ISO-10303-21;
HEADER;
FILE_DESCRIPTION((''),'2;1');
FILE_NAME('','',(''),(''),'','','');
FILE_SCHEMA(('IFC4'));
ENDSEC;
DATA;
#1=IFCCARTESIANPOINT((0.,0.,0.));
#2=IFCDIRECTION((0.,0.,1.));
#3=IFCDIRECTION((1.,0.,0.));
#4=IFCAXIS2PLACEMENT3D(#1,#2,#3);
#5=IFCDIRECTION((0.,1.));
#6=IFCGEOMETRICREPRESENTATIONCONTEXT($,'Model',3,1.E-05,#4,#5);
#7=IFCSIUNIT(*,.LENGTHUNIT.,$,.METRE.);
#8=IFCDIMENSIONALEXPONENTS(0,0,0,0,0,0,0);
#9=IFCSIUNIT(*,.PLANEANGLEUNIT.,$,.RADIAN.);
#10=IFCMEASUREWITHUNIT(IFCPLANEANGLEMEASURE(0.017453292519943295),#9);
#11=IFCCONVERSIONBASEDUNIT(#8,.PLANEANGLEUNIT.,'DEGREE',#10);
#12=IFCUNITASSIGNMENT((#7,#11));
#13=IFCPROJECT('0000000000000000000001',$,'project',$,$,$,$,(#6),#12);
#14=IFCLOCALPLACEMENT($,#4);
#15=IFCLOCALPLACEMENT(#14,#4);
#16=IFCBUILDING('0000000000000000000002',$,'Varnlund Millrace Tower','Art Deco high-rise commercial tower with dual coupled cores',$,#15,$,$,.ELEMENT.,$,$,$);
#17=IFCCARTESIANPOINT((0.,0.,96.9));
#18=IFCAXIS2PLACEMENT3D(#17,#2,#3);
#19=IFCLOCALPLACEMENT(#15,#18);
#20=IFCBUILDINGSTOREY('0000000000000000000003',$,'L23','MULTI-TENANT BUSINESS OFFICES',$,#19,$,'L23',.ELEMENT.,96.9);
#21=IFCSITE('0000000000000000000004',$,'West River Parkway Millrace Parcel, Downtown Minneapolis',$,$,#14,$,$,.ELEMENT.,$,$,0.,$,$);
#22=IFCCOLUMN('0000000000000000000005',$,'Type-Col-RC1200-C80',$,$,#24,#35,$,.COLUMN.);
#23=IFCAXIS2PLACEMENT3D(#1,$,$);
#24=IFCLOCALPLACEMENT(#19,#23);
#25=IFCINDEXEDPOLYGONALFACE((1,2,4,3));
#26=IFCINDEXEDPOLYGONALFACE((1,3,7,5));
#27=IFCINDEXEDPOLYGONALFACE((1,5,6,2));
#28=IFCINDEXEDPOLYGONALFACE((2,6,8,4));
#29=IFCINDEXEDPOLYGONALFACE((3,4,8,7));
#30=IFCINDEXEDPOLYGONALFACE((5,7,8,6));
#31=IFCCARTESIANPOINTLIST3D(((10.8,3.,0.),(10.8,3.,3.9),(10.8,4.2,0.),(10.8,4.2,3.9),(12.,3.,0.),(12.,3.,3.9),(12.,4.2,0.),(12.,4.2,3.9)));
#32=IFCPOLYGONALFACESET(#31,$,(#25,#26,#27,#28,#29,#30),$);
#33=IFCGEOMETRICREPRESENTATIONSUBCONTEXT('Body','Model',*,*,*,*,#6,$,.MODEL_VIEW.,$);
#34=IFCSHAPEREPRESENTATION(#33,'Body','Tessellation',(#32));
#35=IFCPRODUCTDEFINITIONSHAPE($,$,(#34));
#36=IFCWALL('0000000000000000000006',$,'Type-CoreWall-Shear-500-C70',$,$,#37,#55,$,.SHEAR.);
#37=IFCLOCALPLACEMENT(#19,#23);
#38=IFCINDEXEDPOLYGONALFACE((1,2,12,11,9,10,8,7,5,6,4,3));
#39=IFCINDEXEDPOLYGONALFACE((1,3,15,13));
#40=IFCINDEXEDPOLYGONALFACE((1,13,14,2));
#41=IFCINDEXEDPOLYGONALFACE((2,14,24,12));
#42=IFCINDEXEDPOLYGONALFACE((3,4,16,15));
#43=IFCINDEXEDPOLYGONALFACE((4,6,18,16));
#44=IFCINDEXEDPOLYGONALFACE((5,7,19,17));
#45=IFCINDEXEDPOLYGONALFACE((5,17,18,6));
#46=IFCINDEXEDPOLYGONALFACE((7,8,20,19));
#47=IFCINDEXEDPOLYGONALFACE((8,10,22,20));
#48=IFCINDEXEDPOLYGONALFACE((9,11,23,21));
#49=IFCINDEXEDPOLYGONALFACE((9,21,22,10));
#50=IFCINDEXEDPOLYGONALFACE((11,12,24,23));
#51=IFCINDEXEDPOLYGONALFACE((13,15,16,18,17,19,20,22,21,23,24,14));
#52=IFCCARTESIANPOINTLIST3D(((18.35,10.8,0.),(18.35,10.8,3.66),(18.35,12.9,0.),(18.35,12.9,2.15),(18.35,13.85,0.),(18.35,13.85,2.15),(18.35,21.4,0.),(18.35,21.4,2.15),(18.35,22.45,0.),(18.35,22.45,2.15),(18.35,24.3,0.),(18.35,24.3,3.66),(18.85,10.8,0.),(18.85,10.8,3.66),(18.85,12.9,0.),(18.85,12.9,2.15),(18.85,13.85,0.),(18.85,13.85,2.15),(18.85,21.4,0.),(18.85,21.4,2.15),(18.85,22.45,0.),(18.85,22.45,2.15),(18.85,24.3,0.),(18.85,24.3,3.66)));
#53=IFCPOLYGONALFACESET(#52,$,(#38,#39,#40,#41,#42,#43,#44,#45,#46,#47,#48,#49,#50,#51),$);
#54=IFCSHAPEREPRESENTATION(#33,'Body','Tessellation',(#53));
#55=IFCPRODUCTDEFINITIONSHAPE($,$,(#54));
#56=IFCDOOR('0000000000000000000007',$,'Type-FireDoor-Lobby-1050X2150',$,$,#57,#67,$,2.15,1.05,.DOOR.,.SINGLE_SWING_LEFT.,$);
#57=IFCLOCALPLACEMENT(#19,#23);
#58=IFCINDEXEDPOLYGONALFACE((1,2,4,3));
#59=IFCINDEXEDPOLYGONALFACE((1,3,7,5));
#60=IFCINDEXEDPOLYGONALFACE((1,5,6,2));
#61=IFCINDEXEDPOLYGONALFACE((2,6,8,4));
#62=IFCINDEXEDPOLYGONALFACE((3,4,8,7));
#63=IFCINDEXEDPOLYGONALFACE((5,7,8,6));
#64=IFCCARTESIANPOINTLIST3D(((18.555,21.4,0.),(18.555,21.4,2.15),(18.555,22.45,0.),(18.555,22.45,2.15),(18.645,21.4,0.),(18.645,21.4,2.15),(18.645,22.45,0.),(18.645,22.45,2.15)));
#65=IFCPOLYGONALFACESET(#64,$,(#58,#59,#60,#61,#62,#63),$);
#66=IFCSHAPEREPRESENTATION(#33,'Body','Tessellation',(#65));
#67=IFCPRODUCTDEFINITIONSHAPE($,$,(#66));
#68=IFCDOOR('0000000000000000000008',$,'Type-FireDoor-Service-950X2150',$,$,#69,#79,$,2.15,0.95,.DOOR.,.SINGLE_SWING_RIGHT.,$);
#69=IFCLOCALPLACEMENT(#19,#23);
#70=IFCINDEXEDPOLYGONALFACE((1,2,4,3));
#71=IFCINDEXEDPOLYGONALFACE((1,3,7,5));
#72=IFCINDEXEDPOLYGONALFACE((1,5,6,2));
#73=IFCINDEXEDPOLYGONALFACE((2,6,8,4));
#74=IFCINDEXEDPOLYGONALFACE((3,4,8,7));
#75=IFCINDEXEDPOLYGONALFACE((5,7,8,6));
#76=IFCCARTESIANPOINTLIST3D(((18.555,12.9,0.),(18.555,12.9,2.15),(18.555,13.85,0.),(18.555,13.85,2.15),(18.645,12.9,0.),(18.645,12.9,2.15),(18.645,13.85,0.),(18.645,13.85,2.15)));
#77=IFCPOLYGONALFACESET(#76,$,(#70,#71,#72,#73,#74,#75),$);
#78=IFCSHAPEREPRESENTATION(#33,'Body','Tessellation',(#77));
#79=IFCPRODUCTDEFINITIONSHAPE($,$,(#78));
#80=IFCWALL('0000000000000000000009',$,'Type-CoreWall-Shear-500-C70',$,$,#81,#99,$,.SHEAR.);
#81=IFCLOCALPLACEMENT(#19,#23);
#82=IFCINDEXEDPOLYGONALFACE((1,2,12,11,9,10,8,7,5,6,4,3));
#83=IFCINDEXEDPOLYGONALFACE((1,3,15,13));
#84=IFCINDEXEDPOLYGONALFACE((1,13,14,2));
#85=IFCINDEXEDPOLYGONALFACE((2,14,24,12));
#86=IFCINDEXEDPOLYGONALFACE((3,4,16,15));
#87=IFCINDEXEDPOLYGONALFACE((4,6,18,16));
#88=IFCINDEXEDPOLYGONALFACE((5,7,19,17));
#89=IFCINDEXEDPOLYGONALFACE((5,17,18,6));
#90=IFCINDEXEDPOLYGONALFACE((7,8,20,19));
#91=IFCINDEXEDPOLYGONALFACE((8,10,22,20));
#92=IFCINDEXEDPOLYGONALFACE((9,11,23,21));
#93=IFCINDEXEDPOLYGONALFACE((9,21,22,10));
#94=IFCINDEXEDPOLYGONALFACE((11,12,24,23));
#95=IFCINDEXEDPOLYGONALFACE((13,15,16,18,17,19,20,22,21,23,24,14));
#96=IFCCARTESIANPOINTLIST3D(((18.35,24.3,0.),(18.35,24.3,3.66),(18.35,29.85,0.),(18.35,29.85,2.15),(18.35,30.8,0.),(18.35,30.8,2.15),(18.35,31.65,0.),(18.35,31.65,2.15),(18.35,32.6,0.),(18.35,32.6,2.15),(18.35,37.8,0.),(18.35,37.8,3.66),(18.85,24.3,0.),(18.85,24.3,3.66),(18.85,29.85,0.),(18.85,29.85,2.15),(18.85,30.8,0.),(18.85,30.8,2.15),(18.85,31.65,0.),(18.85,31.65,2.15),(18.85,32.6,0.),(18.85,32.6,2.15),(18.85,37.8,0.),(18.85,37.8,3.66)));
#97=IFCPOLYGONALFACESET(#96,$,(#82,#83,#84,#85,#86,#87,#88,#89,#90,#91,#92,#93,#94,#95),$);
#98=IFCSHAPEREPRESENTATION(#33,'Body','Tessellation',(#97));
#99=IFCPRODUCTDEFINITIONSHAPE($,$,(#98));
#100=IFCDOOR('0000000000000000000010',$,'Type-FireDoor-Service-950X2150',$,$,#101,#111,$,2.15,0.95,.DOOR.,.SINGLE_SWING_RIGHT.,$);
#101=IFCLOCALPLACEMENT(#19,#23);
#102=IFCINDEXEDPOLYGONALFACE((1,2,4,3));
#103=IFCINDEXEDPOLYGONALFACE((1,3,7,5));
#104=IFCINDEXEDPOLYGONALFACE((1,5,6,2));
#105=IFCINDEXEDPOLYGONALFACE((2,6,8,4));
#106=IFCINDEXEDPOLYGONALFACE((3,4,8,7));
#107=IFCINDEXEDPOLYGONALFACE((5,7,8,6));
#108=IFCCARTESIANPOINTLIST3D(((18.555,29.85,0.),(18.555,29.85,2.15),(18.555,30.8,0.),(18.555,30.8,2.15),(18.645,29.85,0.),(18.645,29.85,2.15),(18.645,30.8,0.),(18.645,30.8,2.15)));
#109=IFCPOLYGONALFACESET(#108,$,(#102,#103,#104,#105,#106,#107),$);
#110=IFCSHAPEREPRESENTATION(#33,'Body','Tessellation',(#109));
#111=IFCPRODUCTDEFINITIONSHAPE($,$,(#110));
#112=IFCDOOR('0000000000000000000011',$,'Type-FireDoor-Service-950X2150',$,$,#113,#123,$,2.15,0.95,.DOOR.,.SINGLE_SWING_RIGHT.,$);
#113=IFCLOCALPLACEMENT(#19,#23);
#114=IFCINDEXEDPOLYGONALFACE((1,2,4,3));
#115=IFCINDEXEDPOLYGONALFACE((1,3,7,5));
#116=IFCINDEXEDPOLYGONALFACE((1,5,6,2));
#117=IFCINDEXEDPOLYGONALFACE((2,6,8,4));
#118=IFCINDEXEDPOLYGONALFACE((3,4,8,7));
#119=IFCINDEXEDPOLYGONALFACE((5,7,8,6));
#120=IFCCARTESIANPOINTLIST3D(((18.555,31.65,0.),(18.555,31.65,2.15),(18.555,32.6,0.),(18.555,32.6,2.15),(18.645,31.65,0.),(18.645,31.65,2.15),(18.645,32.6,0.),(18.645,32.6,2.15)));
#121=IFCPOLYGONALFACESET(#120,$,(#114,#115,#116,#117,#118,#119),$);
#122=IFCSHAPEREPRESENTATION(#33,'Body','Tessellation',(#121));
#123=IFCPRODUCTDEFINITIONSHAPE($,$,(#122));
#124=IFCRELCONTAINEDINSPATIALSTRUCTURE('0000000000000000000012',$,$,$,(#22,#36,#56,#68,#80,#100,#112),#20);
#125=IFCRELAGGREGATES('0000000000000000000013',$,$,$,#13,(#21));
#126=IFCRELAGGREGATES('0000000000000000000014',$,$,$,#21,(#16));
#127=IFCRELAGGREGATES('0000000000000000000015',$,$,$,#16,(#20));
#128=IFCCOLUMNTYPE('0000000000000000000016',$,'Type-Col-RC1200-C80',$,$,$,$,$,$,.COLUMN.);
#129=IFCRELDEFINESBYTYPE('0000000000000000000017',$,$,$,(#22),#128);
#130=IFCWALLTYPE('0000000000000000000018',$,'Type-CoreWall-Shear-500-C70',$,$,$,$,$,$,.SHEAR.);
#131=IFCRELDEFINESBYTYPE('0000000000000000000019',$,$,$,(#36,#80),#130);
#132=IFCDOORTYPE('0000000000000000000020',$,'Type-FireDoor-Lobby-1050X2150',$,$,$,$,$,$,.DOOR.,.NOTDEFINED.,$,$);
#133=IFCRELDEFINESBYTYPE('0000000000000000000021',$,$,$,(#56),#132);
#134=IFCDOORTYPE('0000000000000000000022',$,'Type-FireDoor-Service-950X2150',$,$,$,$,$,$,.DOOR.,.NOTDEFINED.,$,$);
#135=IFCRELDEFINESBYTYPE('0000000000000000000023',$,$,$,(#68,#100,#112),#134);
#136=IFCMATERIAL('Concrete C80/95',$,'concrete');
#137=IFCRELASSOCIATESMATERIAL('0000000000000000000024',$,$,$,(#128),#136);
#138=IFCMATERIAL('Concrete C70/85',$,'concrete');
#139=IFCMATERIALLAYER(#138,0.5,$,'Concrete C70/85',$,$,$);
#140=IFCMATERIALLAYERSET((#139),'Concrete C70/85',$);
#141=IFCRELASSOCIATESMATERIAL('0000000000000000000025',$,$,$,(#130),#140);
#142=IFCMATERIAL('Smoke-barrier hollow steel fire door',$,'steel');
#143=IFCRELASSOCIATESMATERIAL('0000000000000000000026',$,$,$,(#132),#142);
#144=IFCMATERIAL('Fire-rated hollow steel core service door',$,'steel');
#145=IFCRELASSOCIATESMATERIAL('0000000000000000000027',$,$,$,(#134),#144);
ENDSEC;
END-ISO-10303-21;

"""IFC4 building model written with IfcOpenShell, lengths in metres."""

from ifc_helpers import new_model, entity, si_unit, converted_unit, direction, frame, origin_with_axes, origin_2d_with_axis, place, context, subcontext, project, spatial, polyline, rectangle, outline, extrude, material, layer, layer_set, material_profile, profile_set, type_object, element, fill, save


model = new_model("IFC4")

# Units and contexts
model_context = context("Model", 3, precision=1e-05, world=origin_with_axes(), true_north=direction((0.0, 1.0)))
body_context = subcontext(model_context, "Body", "Model", "MODEL_VIEW")
ifc_project = project(units=[si_unit("LENGTHUNIT", "METRE"), converted_unit("PLANEANGLEUNIT", "DEGREE", entity("IfcPlaneAngleMeasure", 0.017453292519943295), si_unit("PLANEANGLEUNIT", "RADIAN"), dimensions=[0, 0, 0, 0, 0, 0, 0])], contexts=[model_context])

# Site, building, storey
site_placement = place(None, origin_with_axes())
site = spatial("IfcSite", under=ifc_project, at=site_placement, Name="West River Parkway Millrace Parcel, Downtown Minneapolis", CompositionType="ELEMENT", RefElevation=0.0)
building_placement = place(site_placement, origin_with_axes())
building = spatial("IfcBuilding", under=site, at=building_placement, Name="Varnlund Millrace Tower", Description="Art Deco high-rise commercial tower with dual coupled cores", CompositionType="ELEMENT")
storey_placement = place(building_placement, frame((0.0, 0.0, 96.9), z_axis=(0.0, 0.0, 1.0), x_axis=(1.0, 0.0, 0.0)))
storey = spatial("IfcBuildingStorey", under=building, at=storey_placement, Name="L23", Description="MULTI-TENANT BUSINESS OFFICES", LongName="L23", CompositionType="ELEMENT", Elevation=96.9)

# Column
ifc_material_1 = material(Name="Concrete C80/95", Category="concrete")
ifc_material_profile = material_profile(ifc_material_1, rectangle(XDim=1.2, YDim=1.2, at=origin_2d_with_axis()), Name="Concrete C80/95")
ifc_profile_set = profile_set([ifc_material_profile], Name="Concrete C80/95")
column_type = type_object("IfcColumnType", Name="Type-Col-RC1200-C80", PredefinedType="COLUMN", material=ifc_profile_set)
column_placement = place(storey_placement, frame((11.4, 3.6, 0.0), z_axis=(0.0, 0.0, 1.0), x_axis=(1.0, 0.0, 0.0)))
element("IfcColumn", 1, at=column_placement, inside=storey, type_object=column_type, Name="Type-Col-RC1200-C80", PredefinedType="COLUMN", context=body_context, shape_type="SweptSolid", body=[
    extrude(rectangle(XDim=1.2, YDim=1.2, at=origin_2d_with_axis()), origin_with_axes(), (0.0, 0.0, 1.0), 3.9),
])

# Walls, openings, doors
ifc_material_2 = material(Name="Concrete C70/85", Category="concrete")
ifc_layer_1 = layer(ifc_material_2, 0.5, Name="Concrete C70/85")
ifc_layer_set_1 = layer_set([ifc_layer_1], Name="Concrete C70/85")
wall_type_1 = type_object("IfcWallType", Name="Type-CoreWall-Shear-500-C70", PredefinedType="SHEAR", material=ifc_layer_set_1)
wall_1_placement = place(storey_placement, frame((18.6, 10.8, 0.0), z_axis=(0.0, 0.0, 1.0), x_axis=(0.0, 1.0, 0.0)))
wall_1 = element("IfcWall", 2, at=wall_1_placement, inside=storey, type_object=wall_type_1, Name="Type-CoreWall-Shear-500-C70", PredefinedType="SHEAR", context=body_context, shape_type="SweptSolid", body=[
    extrude(outline(polyline([(0.0, -0.25), (13.5, -0.25), (13.5, 0.25), (0.0, 0.25), (0.0, -0.25)])), origin_with_axes(), (0.0, 0.0, 1.0), 3.66),
])
opening_1_placement = place(wall_1_placement, frame((11.125, 0.0, 0.0), z_axis=(0.0, 0.0, 1.0), x_axis=(1.0, 0.0, 0.0)))
opening_1 = element("IfcOpeningElement", 3, at=opening_1_placement, cuts=wall_1, PredefinedType="OPENING", context=body_context, shape_type="SweptSolid", body=[
    extrude(rectangle(XDim=1.05, YDim=0.52, at=origin_2d_with_axis()), origin_with_axes(), (0.0, 0.0, 1.0), 2.15),
])
opening_2_placement = place(wall_1_placement, frame((2.575, 0.0, 0.0), z_axis=(0.0, 0.0, 1.0), x_axis=(1.0, 0.0, 0.0)))
opening_2 = element("IfcOpeningElement", 4, at=opening_2_placement, cuts=wall_1, PredefinedType="OPENING", context=body_context, shape_type="SweptSolid", body=[
    extrude(rectangle(XDim=0.95, YDim=0.52, at=origin_2d_with_axis()), origin_with_axes(), (0.0, 0.0, 1.0), 2.15),
])
ifc_material_3 = material(Name="Smoke-barrier hollow steel fire door", Category="steel")
door_type_1 = type_object("IfcDoorType", Name="Type-FireDoor-Lobby-1050X2150", OperationType="NOTDEFINED", PredefinedType="DOOR", material=ifc_material_3)
door_1_placement = place(wall_1_placement, frame((11.125, 0.0, 0.0), z_axis=(0.0, 0.0, 1.0), x_axis=(1.0, 0.0, 0.0)))
door_1 = element("IfcDoor", 5, at=door_1_placement, inside=storey, type_object=door_type_1, Name="Type-FireDoor-Lobby-1050X2150", OperationType="SINGLE_SWING_LEFT", OverallHeight=2.15, OverallWidth=1.05, PredefinedType="DOOR", context=body_context, shape_type="SweptSolid", body=[
    extrude(rectangle(XDim=1.05, YDim=0.09, at=origin_2d_with_axis()), origin_with_axes(), (0.0, 0.0, 1.0), 2.15),
])
fill(opening_1, door_1)
ifc_material_4 = material(Name="Fire-rated hollow steel core service door", Category="steel")
door_type_2 = type_object("IfcDoorType", Name="Type-FireDoor-Service-950X2150", OperationType="NOTDEFINED", PredefinedType="DOOR", material=ifc_material_4)
door_2_placement = place(wall_1_placement, frame((2.575, 0.0, 0.0), z_axis=(0.0, 0.0, 1.0), x_axis=(1.0, 0.0, 0.0)))
door_2 = element("IfcDoor", 6, at=door_2_placement, inside=storey, type_object=door_type_2, Name="Type-FireDoor-Service-950X2150", OperationType="SINGLE_SWING_RIGHT", OverallHeight=2.15, OverallWidth=0.95, PredefinedType="DOOR", context=body_context, shape_type="SweptSolid", body=[
    extrude(rectangle(XDim=0.95, YDim=0.09, at=origin_2d_with_axis()), origin_with_axes(), (0.0, 0.0, 1.0), 2.15),
])
fill(opening_2, door_2)
wall_2_placement = place(storey_placement, frame((18.6, 24.3, 0.0), z_axis=(0.0, 0.0, 1.0), x_axis=(0.0, 1.0, 0.0)))
wall_2 = element("IfcWall", 7, at=wall_2_placement, inside=storey, type_object=wall_type_1, Name="Type-CoreWall-Shear-500-C70", PredefinedType="SHEAR", context=body_context, shape_type="SweptSolid", body=[
    extrude(outline(polyline([(0.0, -0.25), (13.5, -0.25), (13.5, 0.25), (0.0, 0.25), (0.0, -0.25)])), origin_with_axes(), (0.0, 0.0, 1.0), 3.66),
])
opening_3_placement = place(wall_2_placement, frame((6.025, 0.0, 0.0), z_axis=(0.0, 0.0, 1.0), x_axis=(1.0, 0.0, 0.0)))
opening_3 = element("IfcOpeningElement", 8, at=opening_3_placement, cuts=wall_2, PredefinedType="OPENING", context=body_context, shape_type="SweptSolid", body=[
    extrude(rectangle(XDim=0.95, YDim=0.52, at=origin_2d_with_axis()), origin_with_axes(), (0.0, 0.0, 1.0), 2.15),
])
opening_4_placement = place(wall_2_placement, frame((7.825, 0.0, 0.0), z_axis=(0.0, 0.0, 1.0), x_axis=(1.0, 0.0, 0.0)))
opening_4 = element("IfcOpeningElement", 9, at=opening_4_placement, cuts=wall_2, PredefinedType="OPENING", context=body_context, shape_type="SweptSolid", body=[
    extrude(rectangle(XDim=0.95, YDim=0.52, at=origin_2d_with_axis()), origin_with_axes(), (0.0, 0.0, 1.0), 2.15),
])
door_3_placement = place(wall_2_placement, frame((6.025, 0.0, 0.0), z_axis=(0.0, 0.0, 1.0), x_axis=(1.0, 0.0, 0.0)))
door_3 = element("IfcDoor", 10, at=door_3_placement, inside=storey, type_object=door_type_2, Name="Type-FireDoor-Service-950X2150", OperationType="SINGLE_SWING_RIGHT", OverallHeight=2.15, OverallWidth=0.95, PredefinedType="DOOR", context=body_context, shape_type="SweptSolid", body=[
    extrude(rectangle(XDim=0.95, YDim=0.09, at=origin_2d_with_axis()), origin_with_axes(), (0.0, 0.0, 1.0), 2.15),
])
fill(opening_3, door_3)
door_4_placement = place(wall_2_placement, frame((7.825, 0.0, 0.0), z_axis=(0.0, 0.0, 1.0), x_axis=(1.0, 0.0, 0.0)))
door_4 = element("IfcDoor", 11, at=door_4_placement, inside=storey, type_object=door_type_2, Name="Type-FireDoor-Service-950X2150", OperationType="SINGLE_SWING_RIGHT", OverallHeight=2.15, OverallWidth=0.95, PredefinedType="DOOR", context=body_context, shape_type="SweptSolid", body=[
    extrude(rectangle(XDim=0.95, YDim=0.09, at=origin_2d_with_axis()), origin_with_axes(), (0.0, 0.0, 1.0), 2.15),
])
fill(opening_4, door_4)

save(model, "model.ifc")
